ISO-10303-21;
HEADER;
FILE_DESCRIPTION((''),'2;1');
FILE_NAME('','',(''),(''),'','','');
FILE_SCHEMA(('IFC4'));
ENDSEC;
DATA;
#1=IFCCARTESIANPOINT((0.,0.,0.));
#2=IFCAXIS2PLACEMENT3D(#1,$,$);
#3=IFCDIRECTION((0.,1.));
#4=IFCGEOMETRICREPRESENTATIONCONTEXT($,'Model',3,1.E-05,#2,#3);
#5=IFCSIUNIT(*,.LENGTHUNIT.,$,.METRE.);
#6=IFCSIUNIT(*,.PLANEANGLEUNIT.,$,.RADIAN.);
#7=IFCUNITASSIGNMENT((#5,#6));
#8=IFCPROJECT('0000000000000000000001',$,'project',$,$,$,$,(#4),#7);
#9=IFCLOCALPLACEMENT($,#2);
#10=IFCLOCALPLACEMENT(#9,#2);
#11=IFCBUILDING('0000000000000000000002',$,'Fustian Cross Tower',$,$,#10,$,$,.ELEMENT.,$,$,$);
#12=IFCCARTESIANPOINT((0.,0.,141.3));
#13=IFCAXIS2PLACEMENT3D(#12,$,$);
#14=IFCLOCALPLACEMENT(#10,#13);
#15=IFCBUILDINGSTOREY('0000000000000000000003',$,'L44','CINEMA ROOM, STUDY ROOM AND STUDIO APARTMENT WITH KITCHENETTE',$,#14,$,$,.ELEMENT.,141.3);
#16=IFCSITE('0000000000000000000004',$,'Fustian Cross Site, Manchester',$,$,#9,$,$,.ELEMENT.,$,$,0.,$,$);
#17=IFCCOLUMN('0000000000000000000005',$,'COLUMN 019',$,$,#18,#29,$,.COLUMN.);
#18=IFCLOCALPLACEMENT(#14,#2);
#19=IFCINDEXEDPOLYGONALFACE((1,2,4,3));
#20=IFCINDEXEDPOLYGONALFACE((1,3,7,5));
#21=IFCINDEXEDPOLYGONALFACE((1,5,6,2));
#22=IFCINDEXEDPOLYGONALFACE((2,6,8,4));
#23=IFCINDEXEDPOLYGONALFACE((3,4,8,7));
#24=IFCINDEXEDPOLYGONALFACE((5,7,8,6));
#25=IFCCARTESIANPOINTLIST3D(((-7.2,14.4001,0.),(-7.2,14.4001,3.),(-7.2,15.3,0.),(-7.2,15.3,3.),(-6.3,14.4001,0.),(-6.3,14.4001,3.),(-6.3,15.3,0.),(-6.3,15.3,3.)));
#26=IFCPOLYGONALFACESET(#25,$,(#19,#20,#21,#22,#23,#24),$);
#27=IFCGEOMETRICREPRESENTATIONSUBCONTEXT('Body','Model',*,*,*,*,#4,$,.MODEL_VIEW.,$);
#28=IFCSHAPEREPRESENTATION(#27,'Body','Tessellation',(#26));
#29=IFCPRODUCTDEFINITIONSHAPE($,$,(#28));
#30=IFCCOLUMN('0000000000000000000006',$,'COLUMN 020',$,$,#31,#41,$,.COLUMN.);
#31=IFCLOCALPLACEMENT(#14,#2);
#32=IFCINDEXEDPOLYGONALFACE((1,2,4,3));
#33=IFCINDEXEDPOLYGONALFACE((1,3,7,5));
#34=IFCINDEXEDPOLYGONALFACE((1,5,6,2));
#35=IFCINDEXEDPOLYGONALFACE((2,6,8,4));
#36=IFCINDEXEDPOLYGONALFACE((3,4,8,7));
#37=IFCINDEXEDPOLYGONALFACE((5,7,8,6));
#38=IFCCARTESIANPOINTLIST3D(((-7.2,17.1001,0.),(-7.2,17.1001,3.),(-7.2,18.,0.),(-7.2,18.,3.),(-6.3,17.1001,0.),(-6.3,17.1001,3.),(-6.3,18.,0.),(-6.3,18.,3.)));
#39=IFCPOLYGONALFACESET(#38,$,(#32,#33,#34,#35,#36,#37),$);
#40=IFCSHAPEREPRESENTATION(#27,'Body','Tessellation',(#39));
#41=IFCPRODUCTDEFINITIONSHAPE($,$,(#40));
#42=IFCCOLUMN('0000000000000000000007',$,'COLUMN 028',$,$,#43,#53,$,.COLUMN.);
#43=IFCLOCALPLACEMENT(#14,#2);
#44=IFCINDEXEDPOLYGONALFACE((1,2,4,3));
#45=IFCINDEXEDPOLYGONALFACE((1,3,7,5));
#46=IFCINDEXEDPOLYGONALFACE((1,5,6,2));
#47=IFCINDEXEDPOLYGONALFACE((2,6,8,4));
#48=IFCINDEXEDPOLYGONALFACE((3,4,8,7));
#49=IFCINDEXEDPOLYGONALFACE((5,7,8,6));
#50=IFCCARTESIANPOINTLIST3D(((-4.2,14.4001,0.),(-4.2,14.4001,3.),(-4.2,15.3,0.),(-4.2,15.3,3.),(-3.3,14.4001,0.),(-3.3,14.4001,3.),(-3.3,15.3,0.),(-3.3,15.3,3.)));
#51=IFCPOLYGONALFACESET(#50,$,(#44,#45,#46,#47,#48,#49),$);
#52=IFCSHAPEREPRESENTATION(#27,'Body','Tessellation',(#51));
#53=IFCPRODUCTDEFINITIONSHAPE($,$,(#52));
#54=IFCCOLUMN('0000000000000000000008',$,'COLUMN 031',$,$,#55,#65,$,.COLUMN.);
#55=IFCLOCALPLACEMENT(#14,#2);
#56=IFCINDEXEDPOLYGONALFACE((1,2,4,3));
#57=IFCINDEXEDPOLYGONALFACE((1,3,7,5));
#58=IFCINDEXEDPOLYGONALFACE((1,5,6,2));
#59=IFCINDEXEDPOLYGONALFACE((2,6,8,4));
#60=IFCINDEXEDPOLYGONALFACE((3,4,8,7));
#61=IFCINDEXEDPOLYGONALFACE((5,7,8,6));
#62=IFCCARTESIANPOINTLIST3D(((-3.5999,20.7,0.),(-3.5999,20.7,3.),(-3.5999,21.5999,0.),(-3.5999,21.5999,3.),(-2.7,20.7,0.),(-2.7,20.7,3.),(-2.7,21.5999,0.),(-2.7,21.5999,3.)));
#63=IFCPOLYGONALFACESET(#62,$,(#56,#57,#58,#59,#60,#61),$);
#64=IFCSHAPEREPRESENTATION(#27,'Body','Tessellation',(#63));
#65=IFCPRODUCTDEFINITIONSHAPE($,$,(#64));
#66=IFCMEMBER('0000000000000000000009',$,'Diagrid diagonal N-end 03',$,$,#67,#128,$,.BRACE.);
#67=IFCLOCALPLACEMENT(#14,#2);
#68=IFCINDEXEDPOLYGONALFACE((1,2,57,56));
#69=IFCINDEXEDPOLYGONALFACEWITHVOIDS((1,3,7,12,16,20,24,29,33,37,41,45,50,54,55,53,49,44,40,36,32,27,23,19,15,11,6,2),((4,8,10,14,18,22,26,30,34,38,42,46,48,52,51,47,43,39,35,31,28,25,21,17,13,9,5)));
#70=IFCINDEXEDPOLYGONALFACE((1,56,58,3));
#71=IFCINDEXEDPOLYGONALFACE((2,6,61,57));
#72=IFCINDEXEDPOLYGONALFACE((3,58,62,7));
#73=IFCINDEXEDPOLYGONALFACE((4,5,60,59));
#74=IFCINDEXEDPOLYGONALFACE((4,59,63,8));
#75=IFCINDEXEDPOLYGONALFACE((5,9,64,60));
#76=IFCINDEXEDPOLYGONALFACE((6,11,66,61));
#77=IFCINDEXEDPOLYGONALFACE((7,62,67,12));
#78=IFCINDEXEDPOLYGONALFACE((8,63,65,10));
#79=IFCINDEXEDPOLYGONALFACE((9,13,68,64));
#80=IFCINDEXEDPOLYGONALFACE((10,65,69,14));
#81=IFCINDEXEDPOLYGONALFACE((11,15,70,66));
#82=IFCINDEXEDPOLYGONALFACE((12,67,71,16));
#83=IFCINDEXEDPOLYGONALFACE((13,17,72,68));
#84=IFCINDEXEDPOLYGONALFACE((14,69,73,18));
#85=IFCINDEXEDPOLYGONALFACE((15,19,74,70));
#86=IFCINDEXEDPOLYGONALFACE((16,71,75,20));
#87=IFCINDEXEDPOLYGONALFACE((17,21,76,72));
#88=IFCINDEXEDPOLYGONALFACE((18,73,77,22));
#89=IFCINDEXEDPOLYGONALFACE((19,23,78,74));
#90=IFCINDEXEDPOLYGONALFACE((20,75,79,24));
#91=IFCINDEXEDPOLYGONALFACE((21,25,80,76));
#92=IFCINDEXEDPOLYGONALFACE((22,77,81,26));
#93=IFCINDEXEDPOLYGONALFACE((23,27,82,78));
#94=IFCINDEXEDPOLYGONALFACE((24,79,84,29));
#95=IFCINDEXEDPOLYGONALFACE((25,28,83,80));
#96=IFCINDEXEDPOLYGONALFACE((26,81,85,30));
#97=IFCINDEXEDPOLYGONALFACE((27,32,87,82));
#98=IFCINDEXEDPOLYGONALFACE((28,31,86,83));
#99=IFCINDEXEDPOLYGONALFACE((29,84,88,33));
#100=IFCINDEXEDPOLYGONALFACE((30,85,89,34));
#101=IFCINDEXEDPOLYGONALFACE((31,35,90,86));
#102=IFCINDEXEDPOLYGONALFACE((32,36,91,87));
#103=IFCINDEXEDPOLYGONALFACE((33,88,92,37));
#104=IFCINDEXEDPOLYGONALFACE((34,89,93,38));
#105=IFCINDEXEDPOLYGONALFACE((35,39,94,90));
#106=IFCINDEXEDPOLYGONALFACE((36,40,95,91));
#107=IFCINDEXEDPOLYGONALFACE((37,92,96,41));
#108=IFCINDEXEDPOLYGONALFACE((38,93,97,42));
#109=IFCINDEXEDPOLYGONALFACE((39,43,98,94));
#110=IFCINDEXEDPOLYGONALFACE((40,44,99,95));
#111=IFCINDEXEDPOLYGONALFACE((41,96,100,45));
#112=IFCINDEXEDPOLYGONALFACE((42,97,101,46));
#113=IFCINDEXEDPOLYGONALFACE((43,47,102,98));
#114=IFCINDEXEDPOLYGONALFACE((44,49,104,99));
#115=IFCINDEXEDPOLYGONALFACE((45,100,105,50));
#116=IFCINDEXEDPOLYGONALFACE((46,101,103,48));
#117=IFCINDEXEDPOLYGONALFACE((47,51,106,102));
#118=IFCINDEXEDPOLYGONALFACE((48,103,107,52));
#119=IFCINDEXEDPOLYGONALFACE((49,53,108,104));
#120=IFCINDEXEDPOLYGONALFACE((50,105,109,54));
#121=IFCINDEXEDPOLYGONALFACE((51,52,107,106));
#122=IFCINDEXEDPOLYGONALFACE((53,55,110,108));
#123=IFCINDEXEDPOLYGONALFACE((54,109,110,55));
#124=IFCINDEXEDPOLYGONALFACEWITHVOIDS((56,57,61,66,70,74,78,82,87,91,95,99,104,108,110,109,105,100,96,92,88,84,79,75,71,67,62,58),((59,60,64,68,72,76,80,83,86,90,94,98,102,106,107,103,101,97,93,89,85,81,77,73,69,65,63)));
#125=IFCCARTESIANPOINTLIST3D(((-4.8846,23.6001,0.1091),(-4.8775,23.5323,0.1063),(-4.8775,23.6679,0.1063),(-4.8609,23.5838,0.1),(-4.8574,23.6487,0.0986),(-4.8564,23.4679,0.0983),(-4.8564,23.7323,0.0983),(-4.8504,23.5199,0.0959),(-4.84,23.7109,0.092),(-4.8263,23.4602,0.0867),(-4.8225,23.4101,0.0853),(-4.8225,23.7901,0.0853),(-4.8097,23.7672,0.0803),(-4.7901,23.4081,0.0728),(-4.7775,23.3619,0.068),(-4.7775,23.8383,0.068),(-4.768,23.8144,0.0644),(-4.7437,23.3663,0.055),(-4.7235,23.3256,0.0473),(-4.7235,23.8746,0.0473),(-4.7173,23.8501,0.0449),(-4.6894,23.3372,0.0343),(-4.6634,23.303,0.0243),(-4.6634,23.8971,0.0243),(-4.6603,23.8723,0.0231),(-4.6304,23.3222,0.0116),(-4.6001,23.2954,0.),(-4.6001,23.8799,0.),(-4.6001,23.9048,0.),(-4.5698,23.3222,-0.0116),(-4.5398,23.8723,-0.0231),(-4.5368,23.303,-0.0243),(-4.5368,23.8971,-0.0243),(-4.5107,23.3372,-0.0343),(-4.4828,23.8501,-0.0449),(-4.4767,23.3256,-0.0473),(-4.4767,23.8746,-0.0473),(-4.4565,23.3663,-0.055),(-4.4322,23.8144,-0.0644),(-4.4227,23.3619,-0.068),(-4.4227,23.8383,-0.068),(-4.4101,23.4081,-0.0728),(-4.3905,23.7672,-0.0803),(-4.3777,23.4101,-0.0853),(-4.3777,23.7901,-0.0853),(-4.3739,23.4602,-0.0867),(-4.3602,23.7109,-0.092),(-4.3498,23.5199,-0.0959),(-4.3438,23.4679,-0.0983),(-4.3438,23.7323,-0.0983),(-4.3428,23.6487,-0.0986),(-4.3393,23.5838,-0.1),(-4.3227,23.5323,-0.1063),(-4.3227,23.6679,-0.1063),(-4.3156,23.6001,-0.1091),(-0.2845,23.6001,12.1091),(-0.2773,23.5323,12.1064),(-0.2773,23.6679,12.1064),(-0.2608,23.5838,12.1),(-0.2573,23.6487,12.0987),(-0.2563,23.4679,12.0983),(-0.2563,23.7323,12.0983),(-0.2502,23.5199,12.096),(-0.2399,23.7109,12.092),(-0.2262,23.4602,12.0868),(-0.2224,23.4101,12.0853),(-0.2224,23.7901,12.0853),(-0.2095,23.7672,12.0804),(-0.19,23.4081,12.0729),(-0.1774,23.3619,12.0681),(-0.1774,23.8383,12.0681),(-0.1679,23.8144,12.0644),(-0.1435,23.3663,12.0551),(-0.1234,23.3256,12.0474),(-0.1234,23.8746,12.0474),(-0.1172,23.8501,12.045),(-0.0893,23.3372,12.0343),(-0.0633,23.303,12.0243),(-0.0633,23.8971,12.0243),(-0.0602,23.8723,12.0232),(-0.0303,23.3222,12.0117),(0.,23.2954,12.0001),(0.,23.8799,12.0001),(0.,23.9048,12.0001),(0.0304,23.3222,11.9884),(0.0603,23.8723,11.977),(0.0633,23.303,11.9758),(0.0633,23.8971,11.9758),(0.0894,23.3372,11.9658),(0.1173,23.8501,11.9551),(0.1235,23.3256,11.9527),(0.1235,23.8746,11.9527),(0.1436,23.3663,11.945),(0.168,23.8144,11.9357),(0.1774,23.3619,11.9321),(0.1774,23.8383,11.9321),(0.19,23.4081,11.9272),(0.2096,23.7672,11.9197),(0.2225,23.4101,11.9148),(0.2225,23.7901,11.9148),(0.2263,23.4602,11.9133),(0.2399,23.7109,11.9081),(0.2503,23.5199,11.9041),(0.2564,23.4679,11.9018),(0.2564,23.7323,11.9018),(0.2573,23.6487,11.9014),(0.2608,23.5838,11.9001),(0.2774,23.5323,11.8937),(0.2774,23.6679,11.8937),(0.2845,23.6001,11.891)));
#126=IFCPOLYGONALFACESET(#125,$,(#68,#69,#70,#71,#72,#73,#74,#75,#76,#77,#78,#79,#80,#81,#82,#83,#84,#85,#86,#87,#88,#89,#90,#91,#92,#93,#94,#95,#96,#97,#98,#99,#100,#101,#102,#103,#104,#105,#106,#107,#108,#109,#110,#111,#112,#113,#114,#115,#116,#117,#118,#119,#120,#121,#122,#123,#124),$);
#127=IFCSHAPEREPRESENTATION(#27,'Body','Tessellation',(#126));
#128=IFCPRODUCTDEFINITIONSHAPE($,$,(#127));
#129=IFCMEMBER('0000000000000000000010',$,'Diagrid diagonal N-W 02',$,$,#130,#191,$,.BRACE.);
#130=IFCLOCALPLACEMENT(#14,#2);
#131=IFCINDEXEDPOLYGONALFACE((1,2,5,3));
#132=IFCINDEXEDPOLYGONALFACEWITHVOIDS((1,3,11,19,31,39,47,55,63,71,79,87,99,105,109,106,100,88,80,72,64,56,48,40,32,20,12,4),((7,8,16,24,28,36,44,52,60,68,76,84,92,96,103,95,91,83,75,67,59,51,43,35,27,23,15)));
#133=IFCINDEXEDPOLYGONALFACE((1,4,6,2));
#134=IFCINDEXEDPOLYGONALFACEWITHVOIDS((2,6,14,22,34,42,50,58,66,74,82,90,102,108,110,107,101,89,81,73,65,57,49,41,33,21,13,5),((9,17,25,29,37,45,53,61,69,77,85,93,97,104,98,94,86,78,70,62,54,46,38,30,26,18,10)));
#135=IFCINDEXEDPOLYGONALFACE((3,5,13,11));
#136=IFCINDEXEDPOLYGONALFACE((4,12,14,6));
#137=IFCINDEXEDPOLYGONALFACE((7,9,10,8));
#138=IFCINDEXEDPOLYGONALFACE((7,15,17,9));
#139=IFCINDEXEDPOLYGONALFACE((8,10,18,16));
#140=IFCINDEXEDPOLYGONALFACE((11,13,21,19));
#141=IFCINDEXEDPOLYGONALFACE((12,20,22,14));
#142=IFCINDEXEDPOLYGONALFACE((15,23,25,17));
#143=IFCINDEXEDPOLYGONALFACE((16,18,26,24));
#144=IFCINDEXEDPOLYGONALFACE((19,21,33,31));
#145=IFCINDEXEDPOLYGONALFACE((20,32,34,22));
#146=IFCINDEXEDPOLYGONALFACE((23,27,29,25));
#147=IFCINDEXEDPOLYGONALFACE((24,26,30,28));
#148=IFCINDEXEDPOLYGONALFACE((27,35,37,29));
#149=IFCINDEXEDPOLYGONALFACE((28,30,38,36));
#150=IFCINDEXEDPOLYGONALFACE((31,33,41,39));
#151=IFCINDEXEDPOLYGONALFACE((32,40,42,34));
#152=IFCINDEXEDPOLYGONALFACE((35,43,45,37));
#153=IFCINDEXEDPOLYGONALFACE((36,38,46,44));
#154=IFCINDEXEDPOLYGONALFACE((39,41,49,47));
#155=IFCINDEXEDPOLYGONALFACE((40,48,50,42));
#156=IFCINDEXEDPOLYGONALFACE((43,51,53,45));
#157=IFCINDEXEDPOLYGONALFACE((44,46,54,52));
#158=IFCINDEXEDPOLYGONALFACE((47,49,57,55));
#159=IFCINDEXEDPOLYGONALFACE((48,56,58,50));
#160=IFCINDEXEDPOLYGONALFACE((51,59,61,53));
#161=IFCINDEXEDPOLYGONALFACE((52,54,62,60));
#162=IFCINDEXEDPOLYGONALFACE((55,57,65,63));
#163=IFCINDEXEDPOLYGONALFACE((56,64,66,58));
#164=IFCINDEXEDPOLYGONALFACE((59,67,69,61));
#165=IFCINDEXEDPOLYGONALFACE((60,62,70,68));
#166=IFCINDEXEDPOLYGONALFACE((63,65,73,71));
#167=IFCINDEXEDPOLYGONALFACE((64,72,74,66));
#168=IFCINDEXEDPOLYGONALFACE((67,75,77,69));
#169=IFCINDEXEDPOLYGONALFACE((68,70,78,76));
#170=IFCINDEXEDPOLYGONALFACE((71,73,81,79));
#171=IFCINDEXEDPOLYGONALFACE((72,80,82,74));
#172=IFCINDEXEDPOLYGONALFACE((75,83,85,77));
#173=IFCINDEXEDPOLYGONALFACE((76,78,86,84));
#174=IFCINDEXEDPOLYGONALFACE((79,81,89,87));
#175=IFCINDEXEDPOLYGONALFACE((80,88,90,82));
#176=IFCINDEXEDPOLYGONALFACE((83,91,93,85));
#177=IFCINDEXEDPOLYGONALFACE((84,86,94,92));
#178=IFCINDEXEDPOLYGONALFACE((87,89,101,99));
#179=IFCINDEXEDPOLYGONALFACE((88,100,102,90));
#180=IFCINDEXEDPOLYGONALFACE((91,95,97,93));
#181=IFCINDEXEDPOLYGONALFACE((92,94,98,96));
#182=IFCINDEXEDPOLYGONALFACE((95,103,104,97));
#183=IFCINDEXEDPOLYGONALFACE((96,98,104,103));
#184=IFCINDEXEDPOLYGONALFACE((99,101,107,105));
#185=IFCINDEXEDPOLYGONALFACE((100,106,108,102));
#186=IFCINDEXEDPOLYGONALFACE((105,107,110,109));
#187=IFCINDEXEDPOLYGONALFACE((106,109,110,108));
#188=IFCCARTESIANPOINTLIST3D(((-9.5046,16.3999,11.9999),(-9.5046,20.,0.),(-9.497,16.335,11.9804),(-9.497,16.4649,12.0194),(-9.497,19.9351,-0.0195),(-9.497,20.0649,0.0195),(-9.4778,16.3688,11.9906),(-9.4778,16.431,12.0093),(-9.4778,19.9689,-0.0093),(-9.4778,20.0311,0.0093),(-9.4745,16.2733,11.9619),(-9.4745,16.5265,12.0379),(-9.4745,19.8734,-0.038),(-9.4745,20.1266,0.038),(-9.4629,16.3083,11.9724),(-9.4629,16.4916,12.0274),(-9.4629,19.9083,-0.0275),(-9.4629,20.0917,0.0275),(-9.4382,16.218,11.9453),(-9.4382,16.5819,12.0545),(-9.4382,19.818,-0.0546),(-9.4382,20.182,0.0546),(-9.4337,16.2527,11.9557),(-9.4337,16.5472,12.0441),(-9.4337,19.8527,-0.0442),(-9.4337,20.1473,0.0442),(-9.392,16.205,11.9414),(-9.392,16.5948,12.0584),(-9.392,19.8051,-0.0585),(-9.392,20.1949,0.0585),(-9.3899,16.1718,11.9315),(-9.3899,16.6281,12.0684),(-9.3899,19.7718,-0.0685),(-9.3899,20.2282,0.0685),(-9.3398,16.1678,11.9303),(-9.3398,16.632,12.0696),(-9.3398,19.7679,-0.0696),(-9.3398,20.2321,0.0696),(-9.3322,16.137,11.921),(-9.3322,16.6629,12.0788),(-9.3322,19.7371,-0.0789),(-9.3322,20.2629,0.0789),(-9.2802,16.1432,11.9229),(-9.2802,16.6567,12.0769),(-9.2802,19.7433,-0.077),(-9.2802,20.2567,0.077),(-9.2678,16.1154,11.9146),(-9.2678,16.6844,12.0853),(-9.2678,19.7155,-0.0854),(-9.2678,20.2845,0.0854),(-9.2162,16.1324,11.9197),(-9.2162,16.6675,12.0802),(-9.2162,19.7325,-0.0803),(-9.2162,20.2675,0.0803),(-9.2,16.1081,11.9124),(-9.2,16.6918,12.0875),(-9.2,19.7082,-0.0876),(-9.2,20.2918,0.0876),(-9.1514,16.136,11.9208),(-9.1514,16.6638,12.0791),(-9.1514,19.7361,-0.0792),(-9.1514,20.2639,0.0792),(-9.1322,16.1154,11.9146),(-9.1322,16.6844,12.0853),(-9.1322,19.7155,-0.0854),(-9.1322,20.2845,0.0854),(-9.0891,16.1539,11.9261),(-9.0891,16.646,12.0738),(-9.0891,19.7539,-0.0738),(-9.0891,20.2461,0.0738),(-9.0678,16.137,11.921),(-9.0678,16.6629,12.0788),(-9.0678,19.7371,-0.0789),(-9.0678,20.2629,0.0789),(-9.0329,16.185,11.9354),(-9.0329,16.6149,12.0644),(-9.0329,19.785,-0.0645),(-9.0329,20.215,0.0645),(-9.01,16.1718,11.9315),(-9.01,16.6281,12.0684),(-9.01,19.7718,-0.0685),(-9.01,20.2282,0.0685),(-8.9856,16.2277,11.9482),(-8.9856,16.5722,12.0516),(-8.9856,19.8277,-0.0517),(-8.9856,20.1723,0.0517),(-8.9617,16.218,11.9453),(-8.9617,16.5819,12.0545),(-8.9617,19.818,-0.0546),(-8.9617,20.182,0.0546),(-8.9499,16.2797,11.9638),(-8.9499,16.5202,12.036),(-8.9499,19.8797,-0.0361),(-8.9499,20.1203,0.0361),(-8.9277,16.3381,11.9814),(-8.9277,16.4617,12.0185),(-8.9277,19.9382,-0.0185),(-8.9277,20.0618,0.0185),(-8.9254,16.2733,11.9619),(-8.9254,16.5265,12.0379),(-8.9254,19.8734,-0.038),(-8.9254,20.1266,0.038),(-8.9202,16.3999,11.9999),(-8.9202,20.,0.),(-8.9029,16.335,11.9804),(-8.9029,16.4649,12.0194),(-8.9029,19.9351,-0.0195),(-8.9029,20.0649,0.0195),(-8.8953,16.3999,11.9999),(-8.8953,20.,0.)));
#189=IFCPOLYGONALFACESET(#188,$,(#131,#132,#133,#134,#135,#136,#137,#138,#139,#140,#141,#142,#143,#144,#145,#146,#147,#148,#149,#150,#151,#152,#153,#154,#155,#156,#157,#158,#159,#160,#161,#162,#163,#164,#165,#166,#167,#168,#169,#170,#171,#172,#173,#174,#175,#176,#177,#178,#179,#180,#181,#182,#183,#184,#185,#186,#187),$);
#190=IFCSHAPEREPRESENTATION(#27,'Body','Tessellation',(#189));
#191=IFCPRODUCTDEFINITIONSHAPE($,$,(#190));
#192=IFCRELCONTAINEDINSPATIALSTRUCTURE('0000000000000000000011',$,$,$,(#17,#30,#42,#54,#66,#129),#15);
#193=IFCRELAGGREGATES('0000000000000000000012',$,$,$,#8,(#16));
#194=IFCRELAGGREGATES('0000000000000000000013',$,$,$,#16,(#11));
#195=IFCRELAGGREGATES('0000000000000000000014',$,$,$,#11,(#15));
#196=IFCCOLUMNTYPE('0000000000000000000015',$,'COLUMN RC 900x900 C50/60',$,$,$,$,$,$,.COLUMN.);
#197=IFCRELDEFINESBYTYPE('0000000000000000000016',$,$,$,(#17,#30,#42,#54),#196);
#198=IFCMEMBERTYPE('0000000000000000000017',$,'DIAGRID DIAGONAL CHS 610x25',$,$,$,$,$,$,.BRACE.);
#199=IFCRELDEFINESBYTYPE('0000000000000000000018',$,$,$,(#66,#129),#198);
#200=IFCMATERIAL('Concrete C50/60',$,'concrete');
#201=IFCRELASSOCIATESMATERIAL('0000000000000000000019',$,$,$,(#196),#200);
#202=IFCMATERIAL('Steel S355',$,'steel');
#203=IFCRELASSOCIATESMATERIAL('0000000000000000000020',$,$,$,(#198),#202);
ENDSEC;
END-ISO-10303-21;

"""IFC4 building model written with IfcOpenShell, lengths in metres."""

from ifc_helpers import new_model, si_unit, direction, frame, origin, origin_2d, place, context, subcontext, project, spatial, rectangle, hollow_circle, extrude, material, material_profile, profile_set, type_object, element, save


model = new_model("IFC4")

# Units and contexts
model_context = context("Model", 3, precision=1e-05, world=origin(), true_north=direction((0.0, 1.0)))
body_context = subcontext(model_context, "Body", "Model", "MODEL_VIEW")
ifc_project = project(units=[si_unit("LENGTHUNIT", "METRE"), si_unit("PLANEANGLEUNIT", "RADIAN")], contexts=[model_context])

# Site, building, storey
site_placement = place(None, origin())
site = spatial("IfcSite", under=ifc_project, at=site_placement, Name="Fustian Cross Site, Manchester", CompositionType="ELEMENT", RefElevation=0.0)
building_placement = place(site_placement, origin())
building = spatial("IfcBuilding", under=site, at=building_placement, Name="Fustian Cross Tower", CompositionType="ELEMENT")
storey_placement = place(building_placement, frame((0.0, 0.0, 141.3)))
storey = spatial("IfcBuildingStorey", under=building, at=storey_placement, Name="L44", Description="CINEMA ROOM, STUDY ROOM AND STUDIO APARTMENT WITH KITCHENETTE", CompositionType="ELEMENT", Elevation=141.3)

# Columns
ifc_material_1 = material(Name="Concrete C50/60", Category="concrete")
ifc_material_profile_1 = material_profile(ifc_material_1, rectangle(XDim=0.8999, YDim=0.8999, at=origin_2d()), Name="RC 900x900")
ifc_profile_set_1 = profile_set([ifc_material_profile_1], Name="Concrete C50/60")
column_type = type_object("IfcColumnType", Name="COLUMN RC 900x900 C50/60", PredefinedType="COLUMN", material=ifc_profile_set_1)
for number, where, z_axis, x_axis, name in (
    (1, (-6.75, 14.8501, 0.0), (0.0, 0.0, 1.0), (1.0, 0.0, 0.0), "COLUMN 019"),
    (2, (-6.75, 17.55, 0.0), (0.0, 0.0, 1.0), (1.0, 0.0, 0.0), "COLUMN 020"),
    (3, (-3.75, 14.8501, 0.0), (0.0, 0.0, 1.0), (1.0, 0.0, 0.0), "COLUMN 028"),
    (4, (-3.1499, 21.1499, 0.0), (0.0, 0.0, 1.0), (1.0, 0.0, 0.0), "COLUMN 031"),
):
    element("IfcColumn", number, at=place(storey_placement, frame(where, z_axis=z_axis, x_axis=x_axis)), inside=storey, type_object=column_type, Name=name, PredefinedType="COLUMN", context=body_context, shape_type="SweptSolid", body=[
        extrude(rectangle(XDim=0.8999, YDim=0.8999, at=origin_2d()), origin(), (0.0, 0.0, 1.0), 3.0),
    ])

# Members
ifc_material_2 = material(Name="Steel S355", Category="steel")
ifc_material_profile_2 = material_profile(ifc_material_2, hollow_circle(Radius=0.3047, WallThickness=0.0249, at=origin_2d()), Name="CHS 610x25")
ifc_profile_set_2 = profile_set([ifc_material_profile_2], Name="Steel S355")
member_type_1 = type_object("IfcMemberType", Name="DIAGRID DIAGONAL CHS 610x25", PredefinedType="BRACE", material=ifc_profile_set_2)
member_1_placement = place(storey_placement, frame((-4.6001, 23.6001, 0.0), z_axis=(0.357943, 0.0, 0.933744), x_axis=(0.0, 1.0, 0.0)))
element("IfcMember", 5, at=member_1_placement, inside=storey, type_object=member_type_1, Name="Diagrid diagonal N-end 03", PredefinedType="BRACE", context=body_context, shape_type="SweptSolid", body=[
    extrude(hollow_circle(Radius=0.3047, WallThickness=0.0249, at=origin_2d()), origin(), (0.0, 0.0, 1.0), 12.8516),
])
for number, where, z_axis, x_axis, name in (
    (6, (-9.2, 20.0, 0.0), (0.0, -0.287355, 0.957824), (1.0, 0.0, 0.0), "Diagrid diagonal N-W 02"),
):
    element("IfcMember", number, at=place(storey_placement, frame(where, z_axis=z_axis, x_axis=x_axis)), inside=storey, type_object=member_type_1, Name=name, PredefinedType="BRACE", context=body_context, shape_type="SweptSolid", body=[
        extrude(hollow_circle(Radius=0.3047, WallThickness=0.0249, at=origin_2d()), origin(), (0.0, 0.0, 1.0), 12.5283),
    ])

save(model, "model.ifc")
